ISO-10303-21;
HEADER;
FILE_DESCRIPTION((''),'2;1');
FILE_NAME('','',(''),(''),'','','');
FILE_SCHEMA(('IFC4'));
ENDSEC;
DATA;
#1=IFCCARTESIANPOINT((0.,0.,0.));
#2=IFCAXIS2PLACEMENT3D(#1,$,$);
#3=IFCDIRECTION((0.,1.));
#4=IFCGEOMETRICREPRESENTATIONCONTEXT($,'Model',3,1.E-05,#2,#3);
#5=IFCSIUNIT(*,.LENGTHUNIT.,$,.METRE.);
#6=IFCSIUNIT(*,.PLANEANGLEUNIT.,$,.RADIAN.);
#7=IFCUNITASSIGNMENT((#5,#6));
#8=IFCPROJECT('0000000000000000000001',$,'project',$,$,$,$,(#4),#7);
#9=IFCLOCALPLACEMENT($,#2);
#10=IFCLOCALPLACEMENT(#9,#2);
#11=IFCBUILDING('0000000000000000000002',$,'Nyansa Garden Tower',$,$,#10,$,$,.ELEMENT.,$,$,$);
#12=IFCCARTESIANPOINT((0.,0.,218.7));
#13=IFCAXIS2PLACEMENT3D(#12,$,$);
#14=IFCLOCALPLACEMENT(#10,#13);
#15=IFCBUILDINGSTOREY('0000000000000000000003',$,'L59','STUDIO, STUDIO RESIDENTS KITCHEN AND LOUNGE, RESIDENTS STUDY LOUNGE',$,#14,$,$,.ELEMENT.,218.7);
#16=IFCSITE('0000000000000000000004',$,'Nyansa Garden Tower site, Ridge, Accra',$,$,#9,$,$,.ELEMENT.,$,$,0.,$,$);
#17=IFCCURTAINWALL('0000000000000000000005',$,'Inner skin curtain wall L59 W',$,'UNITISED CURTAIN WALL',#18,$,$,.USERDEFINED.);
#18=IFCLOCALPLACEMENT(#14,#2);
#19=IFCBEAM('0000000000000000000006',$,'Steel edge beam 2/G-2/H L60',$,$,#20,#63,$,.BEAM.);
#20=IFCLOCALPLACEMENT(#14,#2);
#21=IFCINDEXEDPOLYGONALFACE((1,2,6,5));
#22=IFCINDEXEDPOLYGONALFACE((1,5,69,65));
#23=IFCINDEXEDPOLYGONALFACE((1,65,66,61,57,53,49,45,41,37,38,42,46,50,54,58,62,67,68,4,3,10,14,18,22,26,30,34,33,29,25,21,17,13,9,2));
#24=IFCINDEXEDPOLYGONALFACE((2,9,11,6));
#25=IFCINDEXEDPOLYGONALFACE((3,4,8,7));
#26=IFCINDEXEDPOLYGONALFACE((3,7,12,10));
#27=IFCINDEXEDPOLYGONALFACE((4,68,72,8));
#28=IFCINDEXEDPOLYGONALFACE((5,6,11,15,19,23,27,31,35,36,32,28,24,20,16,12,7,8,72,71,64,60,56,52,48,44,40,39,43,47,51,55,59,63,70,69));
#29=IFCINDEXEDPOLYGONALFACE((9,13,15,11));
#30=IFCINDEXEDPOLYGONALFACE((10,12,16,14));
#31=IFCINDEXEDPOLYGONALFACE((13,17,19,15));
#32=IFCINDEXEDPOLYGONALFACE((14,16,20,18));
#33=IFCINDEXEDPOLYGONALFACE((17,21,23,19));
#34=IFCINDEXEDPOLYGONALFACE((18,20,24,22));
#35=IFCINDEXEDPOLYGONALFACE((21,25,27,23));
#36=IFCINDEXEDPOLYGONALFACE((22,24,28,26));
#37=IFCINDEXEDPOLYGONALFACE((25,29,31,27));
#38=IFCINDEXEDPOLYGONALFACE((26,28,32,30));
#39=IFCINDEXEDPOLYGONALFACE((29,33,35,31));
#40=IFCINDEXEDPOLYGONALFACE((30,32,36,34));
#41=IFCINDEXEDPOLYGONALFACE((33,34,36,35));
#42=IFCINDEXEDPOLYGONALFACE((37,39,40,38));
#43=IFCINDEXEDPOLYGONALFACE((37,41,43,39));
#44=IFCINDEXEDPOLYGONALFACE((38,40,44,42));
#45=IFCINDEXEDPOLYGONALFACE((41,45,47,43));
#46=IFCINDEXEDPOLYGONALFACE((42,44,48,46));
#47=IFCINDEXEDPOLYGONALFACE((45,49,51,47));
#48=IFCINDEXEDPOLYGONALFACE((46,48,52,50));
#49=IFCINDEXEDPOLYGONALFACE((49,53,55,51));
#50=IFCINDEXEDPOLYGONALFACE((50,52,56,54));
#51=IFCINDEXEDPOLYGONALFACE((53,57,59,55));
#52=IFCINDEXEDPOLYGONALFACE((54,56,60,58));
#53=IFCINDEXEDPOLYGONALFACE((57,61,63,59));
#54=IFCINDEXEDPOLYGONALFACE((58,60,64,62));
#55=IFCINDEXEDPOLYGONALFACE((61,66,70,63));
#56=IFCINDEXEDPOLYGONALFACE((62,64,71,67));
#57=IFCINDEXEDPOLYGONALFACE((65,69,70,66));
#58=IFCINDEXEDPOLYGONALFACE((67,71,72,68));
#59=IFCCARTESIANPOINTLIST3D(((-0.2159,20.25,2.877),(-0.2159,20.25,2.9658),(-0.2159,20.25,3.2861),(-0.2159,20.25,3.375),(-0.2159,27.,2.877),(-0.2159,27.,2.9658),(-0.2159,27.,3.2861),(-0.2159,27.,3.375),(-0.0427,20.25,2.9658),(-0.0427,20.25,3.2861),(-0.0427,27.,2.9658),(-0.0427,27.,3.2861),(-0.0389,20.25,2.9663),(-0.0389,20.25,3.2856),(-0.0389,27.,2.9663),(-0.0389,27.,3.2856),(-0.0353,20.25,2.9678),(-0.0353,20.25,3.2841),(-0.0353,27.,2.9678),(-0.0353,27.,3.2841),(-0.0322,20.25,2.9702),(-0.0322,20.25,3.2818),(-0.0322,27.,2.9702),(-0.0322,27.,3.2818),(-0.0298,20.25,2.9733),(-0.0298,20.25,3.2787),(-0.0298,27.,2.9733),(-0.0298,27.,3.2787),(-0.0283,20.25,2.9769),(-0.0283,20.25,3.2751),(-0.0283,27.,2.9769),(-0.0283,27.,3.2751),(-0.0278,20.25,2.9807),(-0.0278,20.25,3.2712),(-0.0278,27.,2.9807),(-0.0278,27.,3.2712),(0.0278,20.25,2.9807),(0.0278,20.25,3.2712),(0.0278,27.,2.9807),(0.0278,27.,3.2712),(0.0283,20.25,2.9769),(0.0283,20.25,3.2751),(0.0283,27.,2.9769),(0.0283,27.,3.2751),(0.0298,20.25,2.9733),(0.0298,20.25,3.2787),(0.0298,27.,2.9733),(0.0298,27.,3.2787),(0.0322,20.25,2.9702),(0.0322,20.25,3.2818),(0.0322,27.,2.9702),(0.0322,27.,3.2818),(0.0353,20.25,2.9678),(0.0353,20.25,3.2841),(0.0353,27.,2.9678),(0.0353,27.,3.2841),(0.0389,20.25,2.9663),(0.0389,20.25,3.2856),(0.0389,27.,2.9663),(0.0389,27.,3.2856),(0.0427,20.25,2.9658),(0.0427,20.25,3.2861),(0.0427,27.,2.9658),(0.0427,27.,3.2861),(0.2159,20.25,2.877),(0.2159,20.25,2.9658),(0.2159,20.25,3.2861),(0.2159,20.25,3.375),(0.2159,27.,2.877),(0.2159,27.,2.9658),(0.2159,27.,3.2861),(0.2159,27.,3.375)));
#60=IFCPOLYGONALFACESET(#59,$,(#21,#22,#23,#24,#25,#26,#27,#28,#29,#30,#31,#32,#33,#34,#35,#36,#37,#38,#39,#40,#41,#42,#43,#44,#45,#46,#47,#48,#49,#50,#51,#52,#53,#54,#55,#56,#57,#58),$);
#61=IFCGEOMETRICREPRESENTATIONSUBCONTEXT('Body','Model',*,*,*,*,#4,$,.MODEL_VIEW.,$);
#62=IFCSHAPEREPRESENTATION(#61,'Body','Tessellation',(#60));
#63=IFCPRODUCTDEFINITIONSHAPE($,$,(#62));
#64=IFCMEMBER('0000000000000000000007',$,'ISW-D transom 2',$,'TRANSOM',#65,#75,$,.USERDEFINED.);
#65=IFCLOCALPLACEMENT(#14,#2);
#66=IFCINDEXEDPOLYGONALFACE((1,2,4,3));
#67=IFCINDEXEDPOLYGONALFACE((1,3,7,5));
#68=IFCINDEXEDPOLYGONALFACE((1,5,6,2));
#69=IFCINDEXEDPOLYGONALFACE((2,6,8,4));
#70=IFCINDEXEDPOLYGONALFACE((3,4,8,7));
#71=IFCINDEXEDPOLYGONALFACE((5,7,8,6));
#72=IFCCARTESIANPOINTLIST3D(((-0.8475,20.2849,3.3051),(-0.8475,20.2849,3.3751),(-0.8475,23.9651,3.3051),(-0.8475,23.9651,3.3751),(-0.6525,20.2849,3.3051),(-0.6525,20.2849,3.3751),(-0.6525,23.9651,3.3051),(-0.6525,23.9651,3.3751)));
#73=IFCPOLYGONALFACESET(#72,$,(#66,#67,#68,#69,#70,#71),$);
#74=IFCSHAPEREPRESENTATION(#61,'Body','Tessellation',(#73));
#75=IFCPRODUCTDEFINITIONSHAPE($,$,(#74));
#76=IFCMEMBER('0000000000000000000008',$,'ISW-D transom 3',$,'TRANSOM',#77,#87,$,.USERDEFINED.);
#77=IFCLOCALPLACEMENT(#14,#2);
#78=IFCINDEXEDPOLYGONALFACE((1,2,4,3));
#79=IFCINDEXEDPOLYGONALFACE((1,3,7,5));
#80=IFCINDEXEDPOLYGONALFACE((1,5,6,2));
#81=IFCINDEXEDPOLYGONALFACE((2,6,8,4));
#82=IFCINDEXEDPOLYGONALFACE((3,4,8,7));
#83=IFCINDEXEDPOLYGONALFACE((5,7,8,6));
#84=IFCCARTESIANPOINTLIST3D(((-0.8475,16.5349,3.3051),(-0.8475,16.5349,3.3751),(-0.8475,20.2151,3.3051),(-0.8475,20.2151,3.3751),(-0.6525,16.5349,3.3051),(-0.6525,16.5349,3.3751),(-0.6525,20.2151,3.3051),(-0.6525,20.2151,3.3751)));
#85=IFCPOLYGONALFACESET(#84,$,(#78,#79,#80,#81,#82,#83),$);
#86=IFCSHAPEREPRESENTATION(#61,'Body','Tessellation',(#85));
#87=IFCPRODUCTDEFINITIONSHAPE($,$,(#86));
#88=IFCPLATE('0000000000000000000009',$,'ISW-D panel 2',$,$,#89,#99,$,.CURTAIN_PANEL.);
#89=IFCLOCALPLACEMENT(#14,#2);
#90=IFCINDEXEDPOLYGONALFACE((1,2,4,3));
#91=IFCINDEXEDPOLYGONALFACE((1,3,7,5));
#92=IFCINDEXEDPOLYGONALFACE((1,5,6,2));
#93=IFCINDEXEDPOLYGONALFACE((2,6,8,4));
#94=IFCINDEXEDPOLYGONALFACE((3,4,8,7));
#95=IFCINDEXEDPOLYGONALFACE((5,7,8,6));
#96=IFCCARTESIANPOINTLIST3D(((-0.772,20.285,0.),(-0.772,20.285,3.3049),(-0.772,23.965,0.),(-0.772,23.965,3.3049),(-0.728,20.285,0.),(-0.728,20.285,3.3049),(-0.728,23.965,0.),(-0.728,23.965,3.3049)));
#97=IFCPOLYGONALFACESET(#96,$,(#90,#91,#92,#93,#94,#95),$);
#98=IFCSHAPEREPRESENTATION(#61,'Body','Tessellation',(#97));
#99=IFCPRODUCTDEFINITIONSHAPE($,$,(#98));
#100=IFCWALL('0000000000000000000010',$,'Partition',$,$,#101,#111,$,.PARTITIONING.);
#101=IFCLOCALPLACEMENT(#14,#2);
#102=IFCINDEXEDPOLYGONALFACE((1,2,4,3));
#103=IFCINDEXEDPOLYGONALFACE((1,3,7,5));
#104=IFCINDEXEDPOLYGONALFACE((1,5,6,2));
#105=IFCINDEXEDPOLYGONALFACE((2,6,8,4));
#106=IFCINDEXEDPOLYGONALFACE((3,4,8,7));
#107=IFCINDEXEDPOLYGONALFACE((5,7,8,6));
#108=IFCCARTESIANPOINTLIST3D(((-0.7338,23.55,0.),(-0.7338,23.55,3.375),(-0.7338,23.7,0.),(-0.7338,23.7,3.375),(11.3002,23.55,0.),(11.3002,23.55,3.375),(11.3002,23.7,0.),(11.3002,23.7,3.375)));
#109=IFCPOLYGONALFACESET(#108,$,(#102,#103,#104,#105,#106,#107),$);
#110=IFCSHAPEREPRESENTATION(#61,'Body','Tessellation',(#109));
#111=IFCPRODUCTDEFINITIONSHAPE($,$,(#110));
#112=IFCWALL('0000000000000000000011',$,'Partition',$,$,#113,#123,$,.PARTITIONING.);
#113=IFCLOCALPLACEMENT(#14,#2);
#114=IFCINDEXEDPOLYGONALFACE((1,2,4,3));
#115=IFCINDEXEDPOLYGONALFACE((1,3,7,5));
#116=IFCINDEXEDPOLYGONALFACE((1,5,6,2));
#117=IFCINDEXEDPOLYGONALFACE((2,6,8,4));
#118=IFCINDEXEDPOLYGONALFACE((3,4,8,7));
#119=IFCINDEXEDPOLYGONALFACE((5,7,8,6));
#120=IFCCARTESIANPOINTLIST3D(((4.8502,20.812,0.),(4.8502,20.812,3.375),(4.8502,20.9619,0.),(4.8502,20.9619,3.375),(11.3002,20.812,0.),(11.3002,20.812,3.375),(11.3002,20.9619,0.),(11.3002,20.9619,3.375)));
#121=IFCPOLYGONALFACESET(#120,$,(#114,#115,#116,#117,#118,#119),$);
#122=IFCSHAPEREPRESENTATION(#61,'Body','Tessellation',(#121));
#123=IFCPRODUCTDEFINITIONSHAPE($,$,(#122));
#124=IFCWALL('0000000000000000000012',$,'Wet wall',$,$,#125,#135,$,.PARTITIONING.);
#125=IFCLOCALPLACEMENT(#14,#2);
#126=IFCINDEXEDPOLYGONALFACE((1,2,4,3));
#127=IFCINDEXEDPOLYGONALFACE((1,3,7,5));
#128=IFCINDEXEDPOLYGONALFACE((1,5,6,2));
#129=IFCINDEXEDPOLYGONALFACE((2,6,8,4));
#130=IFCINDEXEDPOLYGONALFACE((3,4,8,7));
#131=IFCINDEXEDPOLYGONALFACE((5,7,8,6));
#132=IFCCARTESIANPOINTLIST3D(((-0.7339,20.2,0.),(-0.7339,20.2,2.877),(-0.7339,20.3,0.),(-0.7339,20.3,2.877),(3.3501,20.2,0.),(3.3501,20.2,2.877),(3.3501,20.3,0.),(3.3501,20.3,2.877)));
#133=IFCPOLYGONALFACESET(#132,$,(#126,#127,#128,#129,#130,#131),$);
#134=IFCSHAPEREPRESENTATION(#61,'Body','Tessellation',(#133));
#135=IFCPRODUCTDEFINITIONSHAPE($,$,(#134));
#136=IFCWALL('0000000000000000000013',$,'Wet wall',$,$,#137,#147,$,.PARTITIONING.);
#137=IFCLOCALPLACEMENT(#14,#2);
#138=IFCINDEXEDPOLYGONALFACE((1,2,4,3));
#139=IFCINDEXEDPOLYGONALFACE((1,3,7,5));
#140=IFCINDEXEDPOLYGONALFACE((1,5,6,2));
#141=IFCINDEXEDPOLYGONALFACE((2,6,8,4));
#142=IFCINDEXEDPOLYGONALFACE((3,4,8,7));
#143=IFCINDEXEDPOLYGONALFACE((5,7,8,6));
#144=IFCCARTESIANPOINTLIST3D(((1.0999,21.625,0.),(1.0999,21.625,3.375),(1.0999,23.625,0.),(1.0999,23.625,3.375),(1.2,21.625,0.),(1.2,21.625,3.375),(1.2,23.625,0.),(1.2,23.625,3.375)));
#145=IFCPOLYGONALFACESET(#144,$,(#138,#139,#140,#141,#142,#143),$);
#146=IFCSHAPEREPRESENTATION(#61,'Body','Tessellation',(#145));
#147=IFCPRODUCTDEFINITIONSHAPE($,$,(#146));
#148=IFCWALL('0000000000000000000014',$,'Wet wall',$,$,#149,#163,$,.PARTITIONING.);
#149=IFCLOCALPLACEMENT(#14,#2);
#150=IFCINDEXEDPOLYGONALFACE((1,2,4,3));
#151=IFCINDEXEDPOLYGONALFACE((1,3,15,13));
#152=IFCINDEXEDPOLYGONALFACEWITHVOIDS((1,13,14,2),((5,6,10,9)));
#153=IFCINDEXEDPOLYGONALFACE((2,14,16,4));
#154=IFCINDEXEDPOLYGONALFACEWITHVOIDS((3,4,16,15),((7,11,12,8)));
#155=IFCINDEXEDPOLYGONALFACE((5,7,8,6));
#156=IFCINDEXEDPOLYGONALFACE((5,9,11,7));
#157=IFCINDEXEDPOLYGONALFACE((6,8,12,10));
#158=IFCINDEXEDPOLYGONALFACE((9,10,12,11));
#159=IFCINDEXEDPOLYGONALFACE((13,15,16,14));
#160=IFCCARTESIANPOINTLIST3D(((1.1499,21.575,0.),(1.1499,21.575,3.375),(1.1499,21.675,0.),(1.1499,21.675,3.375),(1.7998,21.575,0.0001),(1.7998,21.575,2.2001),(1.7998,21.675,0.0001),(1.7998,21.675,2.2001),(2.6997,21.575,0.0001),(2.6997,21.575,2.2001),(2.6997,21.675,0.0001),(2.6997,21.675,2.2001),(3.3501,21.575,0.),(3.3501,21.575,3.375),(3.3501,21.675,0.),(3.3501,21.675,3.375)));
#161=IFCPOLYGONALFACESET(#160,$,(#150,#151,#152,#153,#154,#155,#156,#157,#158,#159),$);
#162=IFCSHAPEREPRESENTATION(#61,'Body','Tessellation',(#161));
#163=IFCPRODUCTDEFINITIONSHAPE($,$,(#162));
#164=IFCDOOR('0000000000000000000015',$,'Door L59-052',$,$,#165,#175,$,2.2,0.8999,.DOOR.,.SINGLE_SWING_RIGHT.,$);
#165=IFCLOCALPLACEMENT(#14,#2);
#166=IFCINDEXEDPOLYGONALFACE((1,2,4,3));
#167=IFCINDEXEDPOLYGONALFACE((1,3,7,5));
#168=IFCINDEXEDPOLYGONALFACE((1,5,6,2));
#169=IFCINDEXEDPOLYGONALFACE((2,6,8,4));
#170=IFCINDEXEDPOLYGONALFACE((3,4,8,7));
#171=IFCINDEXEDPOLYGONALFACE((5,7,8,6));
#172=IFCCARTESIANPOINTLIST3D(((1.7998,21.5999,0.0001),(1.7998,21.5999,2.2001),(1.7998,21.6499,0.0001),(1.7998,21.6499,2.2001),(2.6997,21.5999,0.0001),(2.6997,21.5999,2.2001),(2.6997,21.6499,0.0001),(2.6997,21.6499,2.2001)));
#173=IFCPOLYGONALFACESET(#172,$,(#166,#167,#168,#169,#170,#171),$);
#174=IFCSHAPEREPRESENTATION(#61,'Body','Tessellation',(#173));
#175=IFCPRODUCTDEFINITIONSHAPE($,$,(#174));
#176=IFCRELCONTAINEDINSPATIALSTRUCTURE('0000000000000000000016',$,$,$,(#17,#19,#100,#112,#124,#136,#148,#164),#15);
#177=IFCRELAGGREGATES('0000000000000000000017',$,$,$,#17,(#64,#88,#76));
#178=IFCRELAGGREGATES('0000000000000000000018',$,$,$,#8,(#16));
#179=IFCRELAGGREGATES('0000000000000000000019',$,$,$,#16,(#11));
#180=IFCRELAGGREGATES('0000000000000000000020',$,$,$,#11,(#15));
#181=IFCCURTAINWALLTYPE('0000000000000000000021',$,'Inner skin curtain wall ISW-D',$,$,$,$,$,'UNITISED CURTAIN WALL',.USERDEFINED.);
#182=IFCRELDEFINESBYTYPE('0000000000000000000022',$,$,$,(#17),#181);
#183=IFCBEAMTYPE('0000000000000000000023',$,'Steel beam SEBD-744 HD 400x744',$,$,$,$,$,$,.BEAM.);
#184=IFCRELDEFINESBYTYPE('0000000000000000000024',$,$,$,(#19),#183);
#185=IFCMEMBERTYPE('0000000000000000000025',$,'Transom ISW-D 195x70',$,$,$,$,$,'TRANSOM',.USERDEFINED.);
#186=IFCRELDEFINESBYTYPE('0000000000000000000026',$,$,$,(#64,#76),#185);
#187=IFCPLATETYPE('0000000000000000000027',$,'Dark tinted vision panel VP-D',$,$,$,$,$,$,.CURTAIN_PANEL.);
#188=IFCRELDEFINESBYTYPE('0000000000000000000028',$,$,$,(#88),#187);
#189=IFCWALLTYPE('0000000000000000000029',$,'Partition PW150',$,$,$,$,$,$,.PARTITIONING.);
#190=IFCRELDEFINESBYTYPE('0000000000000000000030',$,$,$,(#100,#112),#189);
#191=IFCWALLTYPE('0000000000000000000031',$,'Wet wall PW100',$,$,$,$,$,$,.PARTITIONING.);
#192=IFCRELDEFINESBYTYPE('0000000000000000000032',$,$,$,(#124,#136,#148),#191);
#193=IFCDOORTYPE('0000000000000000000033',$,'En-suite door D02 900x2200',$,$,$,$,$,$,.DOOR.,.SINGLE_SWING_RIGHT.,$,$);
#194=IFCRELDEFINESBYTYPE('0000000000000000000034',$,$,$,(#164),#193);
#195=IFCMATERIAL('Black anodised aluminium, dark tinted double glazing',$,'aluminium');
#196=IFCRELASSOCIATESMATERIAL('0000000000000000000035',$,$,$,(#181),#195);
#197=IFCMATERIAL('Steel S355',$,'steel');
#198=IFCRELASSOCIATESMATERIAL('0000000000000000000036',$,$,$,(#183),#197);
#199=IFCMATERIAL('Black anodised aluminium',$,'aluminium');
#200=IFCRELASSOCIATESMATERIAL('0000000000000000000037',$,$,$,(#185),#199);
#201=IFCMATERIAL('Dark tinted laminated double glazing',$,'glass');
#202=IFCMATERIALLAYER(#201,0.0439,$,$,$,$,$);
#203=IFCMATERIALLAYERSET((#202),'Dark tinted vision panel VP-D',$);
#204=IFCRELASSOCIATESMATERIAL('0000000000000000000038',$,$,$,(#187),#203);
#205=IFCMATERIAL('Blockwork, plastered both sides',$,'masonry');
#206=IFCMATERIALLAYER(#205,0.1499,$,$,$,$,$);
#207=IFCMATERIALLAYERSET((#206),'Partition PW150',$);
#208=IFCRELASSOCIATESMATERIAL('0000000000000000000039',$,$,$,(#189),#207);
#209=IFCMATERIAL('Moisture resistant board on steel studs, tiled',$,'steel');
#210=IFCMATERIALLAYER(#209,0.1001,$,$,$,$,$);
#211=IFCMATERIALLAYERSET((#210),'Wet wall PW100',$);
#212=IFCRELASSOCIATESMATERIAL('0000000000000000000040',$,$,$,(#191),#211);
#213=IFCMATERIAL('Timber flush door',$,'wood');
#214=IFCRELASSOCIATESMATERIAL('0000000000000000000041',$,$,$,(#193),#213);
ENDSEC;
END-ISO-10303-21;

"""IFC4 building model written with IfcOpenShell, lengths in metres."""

from ifc_helpers import new_model, si_unit, direction, frame, frame_2d, origin, origin_2d, place, context, subcontext, project, spatial, rectangle, i_section, extrude, material, layer, layer_set, material_profile, profile_set, type_object, element, fill, aggregate, save


model = new_model("IFC4")

# Units and contexts
model_context = context("Model", 3, precision=1e-05, world=origin(), true_north=direction((0.0, 1.0)))
body_context = subcontext(model_context, "Body", "Model", "MODEL_VIEW")
ifc_project = project(units=[si_unit("LENGTHUNIT", "METRE"), si_unit("PLANEANGLEUNIT", "RADIAN")], contexts=[model_context])

# Site, building, storey
site_placement = place(None, origin())
site = spatial("IfcSite", under=ifc_project, at=site_placement, Name="Nyansa Garden Tower site, Ridge, Accra", CompositionType="ELEMENT", RefElevation=0.0)
building_placement = place(site_placement, origin())
building = spatial("IfcBuilding", under=site, at=building_placement, Name="Nyansa Garden Tower", CompositionType="ELEMENT")
storey_placement = place(building_placement, frame((0.0, 0.0, 218.7)))
storey = spatial("IfcBuildingStorey", under=building, at=storey_placement, Name="L59", Description="STUDIO, STUDIO RESIDENTS KITCHEN AND LOUNGE, RESIDENTS STUDY LOUNGE", CompositionType="ELEMENT", Elevation=218.7)

# Curtain wall
ifc_material_1 = material(Name="Black anodised aluminium, dark tinted double glazing", Category="aluminium")
curtain_wall_type = type_object("IfcCurtainWallType", Name="Inner skin curtain wall ISW-D", ElementType="UNITISED CURTAIN WALL", PredefinedType="USERDEFINED", material=ifc_material_1)
curtain_wall_placement = place(storey_placement, origin())
curtain_wall = element("IfcCurtainWall", 1, at=curtain_wall_placement, inside=storey, type_object=curtain_wall_type, Name="Inner skin curtain wall L59 W", ObjectType="UNITISED CURTAIN WALL", PredefinedType="USERDEFINED")

# Beam
ifc_material_2 = material(Name="Steel S355", Category="steel")
ifc_material_profile_1 = material_profile(ifc_material_2, i_section(OverallWidth=0.4319, OverallDepth=0.498, WebThickness=0.0557, FlangeThickness=0.0889, FilletRadius=0.0149, at=origin_2d()), Name="HD 400x744")
ifc_profile_set_1 = profile_set([ifc_material_profile_1], Name="Steel S355")
beam_type_1 = type_object("IfcBeamType", Name="Steel beam SEBD-744 HD 400x744", PredefinedType="BEAM", material=ifc_profile_set_1)
beam_1_placement = place(storey_placement, frame((0.0, 20.25, 3.126), z_axis=(0.0, 1.0, 0.0), x_axis=(-1.0, 0.0, 0.0)))
element("IfcBeam", 2, at=beam_1_placement, inside=storey, type_object=beam_type_1, Name="Steel edge beam 2/G-2/H L60", PredefinedType="BEAM", context=body_context, shape_type="SweptSolid", body=[
    extrude(i_section(OverallWidth=0.4319, OverallDepth=0.498, WebThickness=0.0557, FlangeThickness=0.0889, FilletRadius=0.0149, at=origin_2d()), origin(), (0.0, 0.0, 1.0), 6.75),
])

# Members
ifc_material_3 = material(Name="Black anodised aluminium", Category="aluminium")
ifc_material_profile_2 = material_profile(ifc_material_3, rectangle(XDim=0.1951, YDim=0.0701, at=origin_2d()), Name="Transom 195x70")
ifc_profile_set_2 = profile_set([ifc_material_profile_2], Name="Black anodised aluminium")
member_type_1 = type_object("IfcMemberType", Name="Transom ISW-D 195x70", ElementType="TRANSOM", PredefinedType="USERDEFINED", material=ifc_profile_set_2)
member_1_placement = place(storey_placement, frame((-0.75, 23.9651, 3.3401), z_axis=(0.0, -1.0, 0.0), x_axis=(1.0, 0.0, 0.0)))
member_1 = element("IfcMember", 3, at=member_1_placement, type_object=member_type_1, Name="ISW-D transom 2", ObjectType="TRANSOM", PredefinedType="USERDEFINED", context=body_context, shape_type="SweptSolid", body=[
    extrude(rectangle(XDim=0.1951, YDim=0.0701, at=origin_2d()), origin(), (0.0, 0.0, 1.0), 3.6802),
])
member_2_placement = place(storey_placement, frame((-0.75, 20.2151, 3.3401), z_axis=(0.0, -1.0, 0.0), x_axis=(1.0, 0.0, 0.0)))
member_2 = element("IfcMember", 4, at=member_2_placement, type_object=member_type_1, Name="ISW-D transom 3", ObjectType="TRANSOM", PredefinedType="USERDEFINED", context=body_context, shape_type="SweptSolid", body=[
    extrude(rectangle(XDim=0.1951, YDim=0.0701, at=origin_2d()), origin(), (0.0, 0.0, 1.0), 3.6802),
])

# Plate
ifc_material_4 = material(Name="Dark tinted laminated double glazing", Category="glass")
ifc_layer_1 = layer(ifc_material_4, 0.0439)
ifc_layer_set_1 = layer_set([ifc_layer_1], Name="Dark tinted vision panel VP-D")
plate_type = type_object("IfcPlateType", Name="Dark tinted vision panel VP-D", PredefinedType="CURTAIN_PANEL", material=ifc_layer_set_1)
plate_placement = place(storey_placement, frame((-0.75, 22.125, 0.0), z_axis=(0.0, 0.0, 1.0), x_axis=(0.0, -1.0, 0.0)))
plate = element("IfcPlate", 5, at=plate_placement, type_object=plate_type, Name="ISW-D panel 2", PredefinedType="CURTAIN_PANEL", context=body_context, shape_type="SweptSolid", body=[
    extrude(rectangle(XDim=3.6799, YDim=0.0439, at=origin_2d()), origin(), (0.0, 0.0, 1.0), 3.3049),
])
aggregate(curtain_wall, [member_1, plate, member_2])

# Walls
ifc_material_5 = material(Name="Blockwork, plastered both sides", Category="masonry")
ifc_layer_2 = layer(ifc_material_5, 0.1499)
ifc_layer_set_2 = layer_set([ifc_layer_2], Name="Partition PW150")
wall_type_1 = type_object("IfcWallType", Name="Partition PW150", PredefinedType="PARTITIONING", material=ifc_layer_set_2)
wall_1_placement = place(storey_placement, frame((-0.7339, 23.625, 0.0), z_axis=(0.0, 0.0, 1.0), x_axis=(1.0, 0.0, 0.0)))
element("IfcWall", 6, at=wall_1_placement, inside=storey, type_object=wall_type_1, Name="Partition", PredefinedType="PARTITIONING", context=body_context, shape_type="SweptSolid", body=[
    extrude(rectangle(XDim=12.0339, YDim=0.1499, at=frame_2d((6.0171, 0.0))), origin(), (0.0, 0.0, 1.0), 3.375),
])
wall_2_placement = place(storey_placement, frame((4.8501, 20.887, 0.0), z_axis=(0.0, 0.0, 1.0), x_axis=(1.0, 0.0, 0.0)))
element("IfcWall", 7, at=wall_2_placement, inside=storey, type_object=wall_type_1, Name="Partition", PredefinedType="PARTITIONING", context=body_context, shape_type="SweptSolid", body=[
    extrude(rectangle(XDim=6.45, YDim=0.1499, at=frame_2d((3.2251, 0.0))), origin(), (0.0, 0.0, 1.0), 3.375),
])
ifc_material_6 = material(Name="Moisture resistant board on steel studs, tiled", Category="steel")
ifc_layer_3 = layer(ifc_material_6, 0.1001)
ifc_layer_set_3 = layer_set([ifc_layer_3], Name="Wet wall PW100")
wall_type_2 = type_object("IfcWallType", Name="Wet wall PW100", PredefinedType="PARTITIONING", material=ifc_layer_set_3)
wall_3_placement = place(storey_placement, frame((-0.7339, 20.25, 0.0), z_axis=(0.0, 0.0, 1.0), x_axis=(1.0, 0.0, 0.0)))
element("IfcWall", 8, at=wall_3_placement, inside=storey, type_object=wall_type_2, Name="Wet wall", PredefinedType="PARTITIONING", context=body_context, shape_type="SweptSolid", body=[
    extrude(rectangle(XDim=4.084, YDim=0.1001, at=frame_2d((2.042, 0.0))), origin(), (0.0, 0.0, 1.0), 2.877),
])
wall_4_placement = place(storey_placement, frame((1.1499, 21.625, 0.0), z_axis=(0.0, 0.0, 1.0), x_axis=(0.0, 1.0, 0.0)))
element("IfcWall", 9, at=wall_4_placement, inside=storey, type_object=wall_type_2, Name="Wet wall", PredefinedType="PARTITIONING", context=body_context, shape_type="SweptSolid", body=[
    extrude(rectangle(XDim=2.0, YDim=0.1001, at=frame_2d((1.0, 0.0))), origin(), (0.0, 0.0, 1.0), 3.375),
])

# Wall, opening, door
wall_5_placement = place(storey_placement, frame((1.1499, 21.625, 0.0), z_axis=(0.0, 0.0, 1.0), x_axis=(1.0, 0.0, 0.0)))
wall_5 = element("IfcWall", 10, at=wall_5_placement, inside=storey, type_object=wall_type_2, Name="Wet wall", PredefinedType="PARTITIONING", context=body_context, shape_type="SweptSolid", body=[
    extrude(rectangle(XDim=2.2002, YDim=0.1001, at=frame_2d((1.1001, 0.0))), origin(), (0.0, 0.0, 1.0), 3.375),
])
opening_placement = place(wall_5_placement, frame((0.6499, 0.0, 0.0)))
opening = element("IfcOpeningElement", 11, at=opening_placement, cuts=wall_5, PredefinedType="OPENING", context=body_context, shape_type="SweptSolid", body=[
    extrude(rectangle(XDim=0.8999, YDim=2.2, at=frame_2d((0.45, 1.1001))), frame((0.0, 0.0601, 0.0), z_axis=(0.0, -1.0, 0.0), x_axis=(1.0, 0.0, 0.0)), (0.0, 0.0, 1.0), 0.1201),
])
ifc_material_7 = material(Name="Timber flush door", Category="wood")
door_type = type_object("IfcDoorType", Name="En-suite door D02 900x2200", OperationType="SINGLE_SWING_RIGHT", PredefinedType="DOOR", material=ifc_material_7)
door_placement = place(opening_placement, origin())
door = element("IfcDoor", 12, at=door_placement, inside=storey, type_object=door_type, Name="Door L59-052", OperationType="SINGLE_SWING_RIGHT", OverallHeight=2.2, OverallWidth=0.8999, PredefinedType="DOOR", context=body_context, shape_type="SweptSolid", body=[
    extrude(rectangle(XDim=0.8999, YDim=2.2, at=frame_2d((0.45, 1.1001))), frame((0.0, 0.0249, 0.0), z_axis=(0.0, -1.0, 0.0), x_axis=(1.0, 0.0, 0.0)), (0.0, 0.0, 1.0), 0.05),
])
fill(opening, door)

save(model, "model.ifc")
